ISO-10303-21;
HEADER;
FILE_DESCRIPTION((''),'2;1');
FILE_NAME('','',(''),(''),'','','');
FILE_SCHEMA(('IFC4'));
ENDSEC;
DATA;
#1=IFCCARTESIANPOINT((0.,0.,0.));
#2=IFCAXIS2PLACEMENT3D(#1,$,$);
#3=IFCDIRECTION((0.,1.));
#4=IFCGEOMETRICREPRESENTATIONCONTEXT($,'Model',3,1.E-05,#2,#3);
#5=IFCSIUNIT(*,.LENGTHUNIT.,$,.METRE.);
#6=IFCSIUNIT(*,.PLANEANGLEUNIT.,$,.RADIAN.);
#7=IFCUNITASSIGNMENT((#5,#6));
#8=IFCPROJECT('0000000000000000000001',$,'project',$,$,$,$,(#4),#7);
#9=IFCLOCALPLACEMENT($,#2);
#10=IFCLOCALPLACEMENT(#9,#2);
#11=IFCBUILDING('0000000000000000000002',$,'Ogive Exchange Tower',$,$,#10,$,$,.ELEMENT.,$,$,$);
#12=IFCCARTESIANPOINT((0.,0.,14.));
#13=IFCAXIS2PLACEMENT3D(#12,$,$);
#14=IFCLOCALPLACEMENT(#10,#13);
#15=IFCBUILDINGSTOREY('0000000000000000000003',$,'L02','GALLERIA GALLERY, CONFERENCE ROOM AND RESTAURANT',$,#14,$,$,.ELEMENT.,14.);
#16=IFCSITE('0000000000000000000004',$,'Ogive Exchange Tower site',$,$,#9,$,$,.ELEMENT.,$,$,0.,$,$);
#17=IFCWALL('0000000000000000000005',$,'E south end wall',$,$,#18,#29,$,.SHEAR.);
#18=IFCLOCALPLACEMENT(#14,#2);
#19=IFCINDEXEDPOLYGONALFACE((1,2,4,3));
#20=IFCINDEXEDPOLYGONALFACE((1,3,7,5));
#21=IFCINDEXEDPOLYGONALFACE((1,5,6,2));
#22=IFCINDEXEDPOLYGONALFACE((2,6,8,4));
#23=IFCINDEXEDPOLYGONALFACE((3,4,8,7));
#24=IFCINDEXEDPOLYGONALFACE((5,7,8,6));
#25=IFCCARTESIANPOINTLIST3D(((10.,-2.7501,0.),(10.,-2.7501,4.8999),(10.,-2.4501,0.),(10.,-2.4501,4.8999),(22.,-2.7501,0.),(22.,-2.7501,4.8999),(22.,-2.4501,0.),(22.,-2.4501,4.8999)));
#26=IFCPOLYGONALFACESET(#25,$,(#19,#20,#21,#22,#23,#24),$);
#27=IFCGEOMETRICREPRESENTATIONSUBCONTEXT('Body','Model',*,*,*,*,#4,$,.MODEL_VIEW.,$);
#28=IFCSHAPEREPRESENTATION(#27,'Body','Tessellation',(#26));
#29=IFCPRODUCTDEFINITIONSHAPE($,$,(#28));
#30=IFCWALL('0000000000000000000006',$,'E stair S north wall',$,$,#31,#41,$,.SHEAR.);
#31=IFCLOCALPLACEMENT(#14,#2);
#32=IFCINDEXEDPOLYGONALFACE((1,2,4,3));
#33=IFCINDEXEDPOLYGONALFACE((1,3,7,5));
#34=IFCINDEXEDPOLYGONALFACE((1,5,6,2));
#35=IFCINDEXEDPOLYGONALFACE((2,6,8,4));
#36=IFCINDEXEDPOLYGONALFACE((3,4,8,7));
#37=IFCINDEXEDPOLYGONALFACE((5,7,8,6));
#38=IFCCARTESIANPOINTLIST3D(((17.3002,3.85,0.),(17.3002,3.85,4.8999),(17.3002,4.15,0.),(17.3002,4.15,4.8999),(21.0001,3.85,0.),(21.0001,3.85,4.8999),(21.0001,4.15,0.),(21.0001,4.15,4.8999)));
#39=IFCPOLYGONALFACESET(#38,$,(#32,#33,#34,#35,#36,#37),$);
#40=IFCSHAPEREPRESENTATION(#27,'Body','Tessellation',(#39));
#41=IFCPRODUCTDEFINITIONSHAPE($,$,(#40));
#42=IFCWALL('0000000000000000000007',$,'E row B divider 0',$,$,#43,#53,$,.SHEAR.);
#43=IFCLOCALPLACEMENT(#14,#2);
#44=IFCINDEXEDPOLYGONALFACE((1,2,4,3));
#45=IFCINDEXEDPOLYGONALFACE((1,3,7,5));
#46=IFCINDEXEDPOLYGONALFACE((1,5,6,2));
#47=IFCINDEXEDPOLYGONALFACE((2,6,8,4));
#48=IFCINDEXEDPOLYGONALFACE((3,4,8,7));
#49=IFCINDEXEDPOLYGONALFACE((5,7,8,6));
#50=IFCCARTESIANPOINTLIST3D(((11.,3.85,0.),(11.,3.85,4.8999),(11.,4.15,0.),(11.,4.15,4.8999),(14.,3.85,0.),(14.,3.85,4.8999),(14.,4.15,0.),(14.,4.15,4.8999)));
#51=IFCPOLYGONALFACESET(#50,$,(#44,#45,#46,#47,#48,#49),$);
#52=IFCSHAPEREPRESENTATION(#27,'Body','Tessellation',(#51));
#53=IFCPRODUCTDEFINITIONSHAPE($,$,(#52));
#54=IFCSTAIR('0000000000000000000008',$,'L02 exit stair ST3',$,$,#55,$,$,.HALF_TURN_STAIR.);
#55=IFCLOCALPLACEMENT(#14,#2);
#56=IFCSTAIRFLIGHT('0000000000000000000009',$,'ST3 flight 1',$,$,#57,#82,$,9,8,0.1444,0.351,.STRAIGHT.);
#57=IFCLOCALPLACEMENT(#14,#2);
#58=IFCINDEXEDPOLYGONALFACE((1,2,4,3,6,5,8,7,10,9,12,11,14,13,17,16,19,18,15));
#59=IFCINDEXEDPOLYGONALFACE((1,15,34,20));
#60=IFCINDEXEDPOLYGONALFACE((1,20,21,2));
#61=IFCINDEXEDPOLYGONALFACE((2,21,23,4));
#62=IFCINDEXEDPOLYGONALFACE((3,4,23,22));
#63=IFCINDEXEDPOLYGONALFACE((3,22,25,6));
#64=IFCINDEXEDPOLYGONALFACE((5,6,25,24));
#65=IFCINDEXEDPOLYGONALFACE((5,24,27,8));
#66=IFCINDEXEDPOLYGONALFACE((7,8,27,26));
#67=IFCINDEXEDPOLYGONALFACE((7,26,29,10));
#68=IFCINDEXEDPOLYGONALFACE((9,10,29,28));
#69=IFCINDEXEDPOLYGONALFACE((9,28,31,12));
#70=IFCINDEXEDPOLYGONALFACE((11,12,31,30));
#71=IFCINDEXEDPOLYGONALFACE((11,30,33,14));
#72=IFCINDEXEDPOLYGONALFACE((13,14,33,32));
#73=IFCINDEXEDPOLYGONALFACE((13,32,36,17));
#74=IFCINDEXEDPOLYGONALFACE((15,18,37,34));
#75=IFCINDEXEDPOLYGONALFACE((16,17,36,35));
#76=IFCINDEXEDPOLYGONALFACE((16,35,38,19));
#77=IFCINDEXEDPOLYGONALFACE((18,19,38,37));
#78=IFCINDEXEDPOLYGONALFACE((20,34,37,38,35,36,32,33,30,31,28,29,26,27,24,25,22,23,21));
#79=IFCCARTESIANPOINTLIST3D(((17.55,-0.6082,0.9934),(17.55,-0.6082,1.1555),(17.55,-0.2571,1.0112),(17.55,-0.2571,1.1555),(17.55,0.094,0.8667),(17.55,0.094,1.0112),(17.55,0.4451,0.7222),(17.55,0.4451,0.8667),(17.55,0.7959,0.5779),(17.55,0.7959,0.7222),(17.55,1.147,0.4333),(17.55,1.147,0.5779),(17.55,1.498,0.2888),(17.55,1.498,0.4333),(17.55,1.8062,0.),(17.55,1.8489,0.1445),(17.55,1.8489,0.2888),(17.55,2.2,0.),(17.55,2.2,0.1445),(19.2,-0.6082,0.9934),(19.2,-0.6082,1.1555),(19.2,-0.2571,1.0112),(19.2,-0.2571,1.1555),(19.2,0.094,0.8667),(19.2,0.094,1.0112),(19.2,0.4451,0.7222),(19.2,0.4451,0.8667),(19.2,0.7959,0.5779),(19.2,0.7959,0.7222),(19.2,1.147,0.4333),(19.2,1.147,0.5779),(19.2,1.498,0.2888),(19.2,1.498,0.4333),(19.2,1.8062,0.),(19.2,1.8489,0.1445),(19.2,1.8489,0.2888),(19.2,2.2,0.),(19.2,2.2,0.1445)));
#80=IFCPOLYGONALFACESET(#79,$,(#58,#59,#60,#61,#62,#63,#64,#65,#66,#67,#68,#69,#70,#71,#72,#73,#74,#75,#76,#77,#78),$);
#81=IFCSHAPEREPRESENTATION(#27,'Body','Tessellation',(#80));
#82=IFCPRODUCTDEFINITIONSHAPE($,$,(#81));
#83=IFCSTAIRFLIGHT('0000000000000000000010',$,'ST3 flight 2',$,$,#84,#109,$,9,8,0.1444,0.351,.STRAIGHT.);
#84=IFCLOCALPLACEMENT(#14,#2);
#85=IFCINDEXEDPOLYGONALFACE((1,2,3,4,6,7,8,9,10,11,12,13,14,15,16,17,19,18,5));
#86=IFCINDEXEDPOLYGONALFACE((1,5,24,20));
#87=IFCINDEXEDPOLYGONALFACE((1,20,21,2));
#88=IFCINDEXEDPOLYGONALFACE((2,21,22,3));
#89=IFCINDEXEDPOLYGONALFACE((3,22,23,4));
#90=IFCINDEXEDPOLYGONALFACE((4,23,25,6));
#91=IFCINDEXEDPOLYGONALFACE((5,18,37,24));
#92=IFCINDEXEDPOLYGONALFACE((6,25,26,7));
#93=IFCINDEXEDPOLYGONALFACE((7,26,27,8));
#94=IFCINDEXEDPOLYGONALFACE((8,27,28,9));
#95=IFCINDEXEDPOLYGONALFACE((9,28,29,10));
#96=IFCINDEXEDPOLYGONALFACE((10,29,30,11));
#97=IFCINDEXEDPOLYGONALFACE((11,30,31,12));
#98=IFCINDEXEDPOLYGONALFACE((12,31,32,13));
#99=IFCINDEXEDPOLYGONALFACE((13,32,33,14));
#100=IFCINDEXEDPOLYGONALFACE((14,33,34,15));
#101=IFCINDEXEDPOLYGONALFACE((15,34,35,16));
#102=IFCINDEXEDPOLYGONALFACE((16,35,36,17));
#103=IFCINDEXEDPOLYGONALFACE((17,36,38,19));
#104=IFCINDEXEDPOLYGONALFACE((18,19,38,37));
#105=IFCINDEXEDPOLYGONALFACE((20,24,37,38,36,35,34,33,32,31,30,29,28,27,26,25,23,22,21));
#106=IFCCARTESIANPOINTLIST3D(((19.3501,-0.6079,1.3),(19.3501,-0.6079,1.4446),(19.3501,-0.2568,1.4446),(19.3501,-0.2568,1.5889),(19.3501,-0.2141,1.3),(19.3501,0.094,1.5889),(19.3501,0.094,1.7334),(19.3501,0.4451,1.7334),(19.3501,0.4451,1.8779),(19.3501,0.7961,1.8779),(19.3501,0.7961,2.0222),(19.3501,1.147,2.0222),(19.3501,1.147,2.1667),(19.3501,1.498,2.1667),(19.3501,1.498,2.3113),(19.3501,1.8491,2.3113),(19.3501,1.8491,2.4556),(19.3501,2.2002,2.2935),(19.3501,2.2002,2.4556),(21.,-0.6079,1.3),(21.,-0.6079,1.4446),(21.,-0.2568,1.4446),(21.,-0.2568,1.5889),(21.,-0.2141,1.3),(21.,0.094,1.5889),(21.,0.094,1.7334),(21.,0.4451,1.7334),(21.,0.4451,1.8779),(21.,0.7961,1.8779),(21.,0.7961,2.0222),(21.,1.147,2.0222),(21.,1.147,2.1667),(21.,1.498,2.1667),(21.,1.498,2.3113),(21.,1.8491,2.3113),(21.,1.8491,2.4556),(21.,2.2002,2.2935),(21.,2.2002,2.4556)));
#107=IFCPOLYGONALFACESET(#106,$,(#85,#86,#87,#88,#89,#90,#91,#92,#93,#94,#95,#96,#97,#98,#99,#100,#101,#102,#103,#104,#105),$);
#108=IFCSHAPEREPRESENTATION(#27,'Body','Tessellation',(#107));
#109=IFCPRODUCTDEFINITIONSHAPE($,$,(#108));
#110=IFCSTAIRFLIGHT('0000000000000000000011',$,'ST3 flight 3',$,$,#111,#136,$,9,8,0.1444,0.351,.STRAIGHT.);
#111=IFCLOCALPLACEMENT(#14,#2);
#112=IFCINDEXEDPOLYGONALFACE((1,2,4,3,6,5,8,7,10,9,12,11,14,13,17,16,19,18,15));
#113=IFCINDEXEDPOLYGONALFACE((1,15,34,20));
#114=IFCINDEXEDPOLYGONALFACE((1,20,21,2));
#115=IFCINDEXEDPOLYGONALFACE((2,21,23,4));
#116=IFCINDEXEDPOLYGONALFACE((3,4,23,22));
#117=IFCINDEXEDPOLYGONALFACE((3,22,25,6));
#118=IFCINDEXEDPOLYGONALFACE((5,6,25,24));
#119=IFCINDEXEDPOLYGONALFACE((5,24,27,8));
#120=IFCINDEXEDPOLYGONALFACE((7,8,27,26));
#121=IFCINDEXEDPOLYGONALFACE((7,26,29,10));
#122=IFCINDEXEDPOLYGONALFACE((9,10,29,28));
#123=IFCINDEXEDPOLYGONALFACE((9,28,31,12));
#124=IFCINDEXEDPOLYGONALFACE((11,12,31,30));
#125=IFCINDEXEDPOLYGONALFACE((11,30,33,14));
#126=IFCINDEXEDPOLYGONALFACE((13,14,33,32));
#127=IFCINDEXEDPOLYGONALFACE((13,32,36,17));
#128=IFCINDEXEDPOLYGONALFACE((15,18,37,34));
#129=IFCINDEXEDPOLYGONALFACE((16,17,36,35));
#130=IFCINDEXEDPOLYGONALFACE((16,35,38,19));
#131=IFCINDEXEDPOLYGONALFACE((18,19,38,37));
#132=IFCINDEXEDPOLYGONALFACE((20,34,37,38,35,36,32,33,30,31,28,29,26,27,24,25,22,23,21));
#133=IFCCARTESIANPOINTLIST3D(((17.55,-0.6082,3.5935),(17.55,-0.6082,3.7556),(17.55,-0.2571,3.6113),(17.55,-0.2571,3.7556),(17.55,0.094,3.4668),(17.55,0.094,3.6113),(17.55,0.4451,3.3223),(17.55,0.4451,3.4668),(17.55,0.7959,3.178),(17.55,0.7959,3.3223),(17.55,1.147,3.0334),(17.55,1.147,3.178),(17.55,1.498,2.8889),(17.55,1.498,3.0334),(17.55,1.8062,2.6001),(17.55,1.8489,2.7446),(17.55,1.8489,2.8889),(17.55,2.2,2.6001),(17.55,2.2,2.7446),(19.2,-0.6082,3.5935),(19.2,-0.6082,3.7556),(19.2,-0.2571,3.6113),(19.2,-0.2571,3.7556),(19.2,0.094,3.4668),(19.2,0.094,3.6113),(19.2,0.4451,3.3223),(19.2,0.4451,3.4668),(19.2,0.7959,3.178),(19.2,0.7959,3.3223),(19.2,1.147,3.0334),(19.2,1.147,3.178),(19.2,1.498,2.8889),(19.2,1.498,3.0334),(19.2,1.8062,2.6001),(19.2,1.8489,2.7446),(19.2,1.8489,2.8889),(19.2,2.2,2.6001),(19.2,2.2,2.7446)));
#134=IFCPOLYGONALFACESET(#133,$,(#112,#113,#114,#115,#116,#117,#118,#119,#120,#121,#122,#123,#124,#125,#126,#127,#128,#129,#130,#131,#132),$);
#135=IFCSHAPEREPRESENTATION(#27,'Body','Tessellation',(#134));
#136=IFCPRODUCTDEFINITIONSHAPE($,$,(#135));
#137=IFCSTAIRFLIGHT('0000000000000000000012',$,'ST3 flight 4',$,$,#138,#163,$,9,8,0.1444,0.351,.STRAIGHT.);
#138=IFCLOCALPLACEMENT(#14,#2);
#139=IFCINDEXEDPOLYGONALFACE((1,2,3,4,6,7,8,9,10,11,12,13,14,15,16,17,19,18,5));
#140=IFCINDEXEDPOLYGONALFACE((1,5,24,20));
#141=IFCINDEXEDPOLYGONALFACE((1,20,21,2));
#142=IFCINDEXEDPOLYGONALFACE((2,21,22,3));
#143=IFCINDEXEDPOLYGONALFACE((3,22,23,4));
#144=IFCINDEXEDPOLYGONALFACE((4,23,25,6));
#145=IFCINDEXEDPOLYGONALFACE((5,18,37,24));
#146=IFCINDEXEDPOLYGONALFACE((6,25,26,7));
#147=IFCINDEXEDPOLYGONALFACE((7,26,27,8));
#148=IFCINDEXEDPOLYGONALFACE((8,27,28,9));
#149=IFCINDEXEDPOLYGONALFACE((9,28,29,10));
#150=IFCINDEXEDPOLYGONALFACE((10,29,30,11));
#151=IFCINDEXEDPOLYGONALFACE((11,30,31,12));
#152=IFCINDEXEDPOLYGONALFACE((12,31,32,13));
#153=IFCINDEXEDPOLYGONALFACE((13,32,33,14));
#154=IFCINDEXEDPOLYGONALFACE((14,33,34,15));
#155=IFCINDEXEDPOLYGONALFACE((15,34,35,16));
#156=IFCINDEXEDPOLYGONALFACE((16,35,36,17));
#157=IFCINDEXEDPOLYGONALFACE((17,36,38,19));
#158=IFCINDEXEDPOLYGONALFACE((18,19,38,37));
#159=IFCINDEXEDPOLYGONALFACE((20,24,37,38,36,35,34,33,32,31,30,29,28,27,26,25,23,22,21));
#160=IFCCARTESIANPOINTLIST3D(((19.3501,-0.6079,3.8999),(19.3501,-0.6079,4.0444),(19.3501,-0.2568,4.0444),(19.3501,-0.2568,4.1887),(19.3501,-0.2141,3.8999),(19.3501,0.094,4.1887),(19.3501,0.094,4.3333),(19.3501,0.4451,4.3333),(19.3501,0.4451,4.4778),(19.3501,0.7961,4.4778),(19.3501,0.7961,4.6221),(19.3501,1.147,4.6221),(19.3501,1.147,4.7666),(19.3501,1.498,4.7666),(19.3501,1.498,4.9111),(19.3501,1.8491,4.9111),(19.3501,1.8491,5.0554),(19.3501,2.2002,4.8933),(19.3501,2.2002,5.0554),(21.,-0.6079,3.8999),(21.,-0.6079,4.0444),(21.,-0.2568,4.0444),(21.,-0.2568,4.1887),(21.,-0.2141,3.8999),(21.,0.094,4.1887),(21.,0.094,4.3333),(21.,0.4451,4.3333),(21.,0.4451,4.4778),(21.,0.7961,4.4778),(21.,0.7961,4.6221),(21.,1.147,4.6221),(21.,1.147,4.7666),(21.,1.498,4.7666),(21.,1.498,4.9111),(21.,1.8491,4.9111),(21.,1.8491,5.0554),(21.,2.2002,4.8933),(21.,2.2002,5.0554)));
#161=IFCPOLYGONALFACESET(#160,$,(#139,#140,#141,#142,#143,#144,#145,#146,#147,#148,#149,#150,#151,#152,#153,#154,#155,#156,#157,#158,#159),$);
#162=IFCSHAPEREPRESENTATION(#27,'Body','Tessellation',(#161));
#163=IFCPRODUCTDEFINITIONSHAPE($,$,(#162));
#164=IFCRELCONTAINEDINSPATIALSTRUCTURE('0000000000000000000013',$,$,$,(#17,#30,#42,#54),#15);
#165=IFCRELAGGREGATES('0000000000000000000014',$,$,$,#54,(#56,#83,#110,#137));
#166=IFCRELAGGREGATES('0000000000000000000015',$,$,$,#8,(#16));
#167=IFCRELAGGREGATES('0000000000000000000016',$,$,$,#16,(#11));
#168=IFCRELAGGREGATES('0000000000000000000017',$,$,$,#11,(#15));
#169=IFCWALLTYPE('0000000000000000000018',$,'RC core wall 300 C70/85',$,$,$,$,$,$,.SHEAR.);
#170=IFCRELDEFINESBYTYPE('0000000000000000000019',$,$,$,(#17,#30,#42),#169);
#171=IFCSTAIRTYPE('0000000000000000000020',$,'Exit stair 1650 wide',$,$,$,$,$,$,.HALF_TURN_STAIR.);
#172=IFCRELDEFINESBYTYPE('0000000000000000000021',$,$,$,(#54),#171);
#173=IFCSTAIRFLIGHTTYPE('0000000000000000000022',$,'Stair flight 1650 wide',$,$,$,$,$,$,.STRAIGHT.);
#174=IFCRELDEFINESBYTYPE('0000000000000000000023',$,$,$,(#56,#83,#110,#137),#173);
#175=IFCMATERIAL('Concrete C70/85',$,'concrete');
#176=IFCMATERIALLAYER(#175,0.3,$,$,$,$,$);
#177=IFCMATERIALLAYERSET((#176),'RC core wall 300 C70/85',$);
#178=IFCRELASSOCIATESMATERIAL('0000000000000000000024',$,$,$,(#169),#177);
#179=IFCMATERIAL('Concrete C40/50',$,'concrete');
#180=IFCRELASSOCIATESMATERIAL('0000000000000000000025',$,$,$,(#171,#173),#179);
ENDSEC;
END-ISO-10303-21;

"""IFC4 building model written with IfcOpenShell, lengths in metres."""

from ifc_helpers import new_model, si_unit, direction, frame, frame_2d, origin, place, context, subcontext, project, spatial, polyline, rectangle, outline, extrude, material, layer, layer_set, type_object, element, aggregate, save


model = new_model("IFC4")

# Units and contexts
model_context = context("Model", 3, precision=1e-05, world=origin(), true_north=direction((0.0, 1.0)))
body_context = subcontext(model_context, "Body", "Model", "MODEL_VIEW")
ifc_project = project(units=[si_unit("LENGTHUNIT", "METRE"), si_unit("PLANEANGLEUNIT", "RADIAN")], contexts=[model_context])

# Site, building, storey
site_placement = place(None, origin())
site = spatial("IfcSite", under=ifc_project, at=site_placement, Name="Ogive Exchange Tower site", CompositionType="ELEMENT", RefElevation=0.0)
building_placement = place(site_placement, origin())
building = spatial("IfcBuilding", under=site, at=building_placement, Name="Ogive Exchange Tower", CompositionType="ELEMENT")
storey_placement = place(building_placement, frame((0.0, 0.0, 14.0)))
storey = spatial("IfcBuildingStorey", under=building, at=storey_placement, Name="L02", Description="GALLERIA GALLERY, CONFERENCE ROOM AND RESTAURANT", CompositionType="ELEMENT", Elevation=14.0)

# Shared definitions
ifc_material_1 = material(Name="Concrete C40/50", Category="concrete")

# Shared definitions
ifc_material_2 = material(Name="Concrete C70/85", Category="concrete")

# Walls
ifc_layer_1 = layer(ifc_material_2, 0.3)
ifc_layer_set_1 = layer_set([ifc_layer_1], Name="RC core wall 300 C70/85")
wall_type_1 = type_object("IfcWallType", Name="RC core wall 300 C70/85", PredefinedType="SHEAR", material=ifc_layer_set_1)
wall_1_placement = place(storey_placement, frame((10.0, -2.6001, 0.0), z_axis=(0.0, 0.0, 1.0), x_axis=(1.0, 0.0, 0.0)))
element("IfcWall", 1, at=wall_1_placement, inside=storey, type_object=wall_type_1, Name="E south end wall", PredefinedType="SHEAR", context=body_context, shape_type="SweptSolid", body=[
    extrude(rectangle(XDim=12.0, YDim=0.3, at=frame_2d((6.0, 0.0))), origin(), (0.0, 0.0, 1.0), 4.8999),
])
wall_2_placement = place(storey_placement, frame((17.3, 4.0, 0.0), z_axis=(0.0, 0.0, 1.0), x_axis=(1.0, 0.0, 0.0)))
element("IfcWall", 2, at=wall_2_placement, inside=storey, type_object=wall_type_1, Name="E stair S north wall", PredefinedType="SHEAR", context=body_context, shape_type="SweptSolid", body=[
    extrude(rectangle(XDim=3.7, YDim=0.3, at=frame_2d((1.8501, 0.0))), origin(), (0.0, 0.0, 1.0), 4.8999),
])
wall_3_placement = place(storey_placement, frame((11.0, 4.0, 0.0), z_axis=(0.0, 0.0, 1.0), x_axis=(1.0, 0.0, 0.0)))
element("IfcWall", 3, at=wall_3_placement, inside=storey, type_object=wall_type_1, Name="E row B divider 0", PredefinedType="SHEAR", context=body_context, shape_type="SweptSolid", body=[
    extrude(rectangle(XDim=3.0, YDim=0.3, at=frame_2d((1.5, 0.0))), origin(), (0.0, 0.0, 1.0), 4.8999),
])

# Stair, stair flights
stair_type_1 = type_object("IfcStairType", Name="Exit stair 1650 wide", PredefinedType="HALF_TURN_STAIR", material=ifc_material_1)
stair_1_placement = place(storey_placement, origin())
stair_1 = element("IfcStair", 4, at=stair_1_placement, inside=storey, type_object=stair_type_1, Name="L02 exit stair ST3", PredefinedType="HALF_TURN_STAIR")
stair_flight_type = type_object("IfcStairFlightType", Name="Stair flight 1650 wide", PredefinedType="STRAIGHT", material=ifc_material_1)
stair_flight_1_placement = place(storey_placement, frame((18.375, 2.2, 0.0), z_axis=(0.0, 0.0, 1.0), x_axis=(0.0, -1.0, 0.0)))
stair_flight_1 = element("IfcStairFlight", 5, at=stair_flight_1_placement, type_object=stair_flight_type, Name="ST3 flight 1", NumberOfRisers=9, NumberOfTreads=8, PredefinedType="STRAIGHT", RiserHeight=0.1444, TreadLength=0.351, context=body_context, shape_type="SweptSolid", body=[
    extrude(outline(polyline([(0.0, 0.0), (0.0, 0.1445), (0.3511, 0.1445), (0.3511, 0.2888), (0.7019, 0.2888), (0.7019, 0.4333), (1.053, 0.4333), (1.053, 0.5779), (1.4041, 0.5779), (1.4041, 0.7222), (1.7549, 0.7222), (1.7549, 0.8667), (2.106, 0.8667), (2.106, 1.0112), (2.457, 1.0112), (2.457, 1.1555), (2.8081, 1.1555), (2.8081, 1.3), (2.8081, 0.9934), (0.3938, 0.0), (0.0, 0.0)])), frame((0.0, 0.825, 0.0), z_axis=(0.0, -1.0, 0.0), x_axis=(1.0, 0.0, 0.0)), (0.0, 0.0, 1.0), 1.6499),
])
stair_flight_2_placement = place(storey_placement, frame((20.175, -0.6079, 1.3), z_axis=(0.0, 0.0, 1.0), x_axis=(0.0, 1.0, 0.0)))
stair_flight_2 = element("IfcStairFlight", 6, at=stair_flight_2_placement, type_object=stair_flight_type, Name="ST3 flight 2", NumberOfRisers=9, NumberOfTreads=8, PredefinedType="STRAIGHT", RiserHeight=0.1444, TreadLength=0.351, context=body_context, shape_type="SweptSolid", body=[
    extrude(outline(polyline([(0.0, 0.0), (0.0, 0.1445), (0.3511, 0.1445), (0.3511, 0.2888), (0.7019, 0.2888), (0.7019, 0.4333), (1.053, 0.4333), (1.053, 0.5779), (1.4041, 0.5779), (1.4041, 0.7222), (1.7549, 0.7222), (1.7549, 0.8667), (2.106, 0.8667), (2.106, 1.0112), (2.457, 1.0112), (2.457, 1.1555), (2.8081, 1.1555), (2.8081, 1.3), (2.8081, 0.9934), (0.3938, 0.0), (0.0, 0.0)])), frame((0.0, 0.825, 0.0), z_axis=(0.0, -1.0, 0.0), x_axis=(1.0, 0.0, 0.0)), (0.0, 0.0, 1.0), 1.6499),
])
stair_flight_3_placement = place(storey_placement, frame((18.375, 2.2, 2.6001), z_axis=(0.0, 0.0, 1.0), x_axis=(0.0, -1.0, 0.0)))
stair_flight_3 = element("IfcStairFlight", 7, at=stair_flight_3_placement, type_object=stair_flight_type, Name="ST3 flight 3", NumberOfRisers=9, NumberOfTreads=8, PredefinedType="STRAIGHT", RiserHeight=0.1444, TreadLength=0.351, context=body_context, shape_type="SweptSolid", body=[
    extrude(outline(polyline([(0.0, 0.0), (0.0, 0.1445), (0.3511, 0.1445), (0.3511, 0.2888), (0.7019, 0.2888), (0.7019, 0.4333), (1.053, 0.4333), (1.053, 0.5779), (1.4041, 0.5779), (1.4041, 0.7222), (1.7549, 0.7222), (1.7549, 0.8667), (2.106, 0.8667), (2.106, 1.0112), (2.457, 1.0112), (2.457, 1.1555), (2.8081, 1.1555), (2.8081, 1.3), (2.8081, 0.9934), (0.3938, 0.0), (0.0, 0.0)])), frame((0.0, 0.825, 0.0), z_axis=(0.0, -1.0, 0.0), x_axis=(1.0, 0.0, 0.0)), (0.0, 0.0, 1.0), 1.6499),
])
stair_flight_4_placement = place(storey_placement, frame((20.175, -0.6079, 3.8999), z_axis=(0.0, 0.0, 1.0), x_axis=(0.0, 1.0, 0.0)))
stair_flight_4 = element("IfcStairFlight", 8, at=stair_flight_4_placement, type_object=stair_flight_type, Name="ST3 flight 4", NumberOfRisers=9, NumberOfTreads=8, PredefinedType="STRAIGHT", RiserHeight=0.1444, TreadLength=0.351, context=body_context, shape_type="SweptSolid", body=[
    extrude(outline(polyline([(0.0, 0.0), (0.0, 0.1445), (0.3511, 0.1445), (0.3511, 0.2888), (0.7019, 0.2888), (0.7019, 0.4333), (1.053, 0.4333), (1.053, 0.5779), (1.4041, 0.5779), (1.4041, 0.7222), (1.7549, 0.7222), (1.7549, 0.8667), (2.106, 0.8667), (2.106, 1.0112), (2.457, 1.0112), (2.457, 1.1555), (2.8081, 1.1555), (2.8081, 1.3), (2.8081, 0.9934), (0.3938, 0.0), (0.0, 0.0)])), frame((0.0, 0.825, 0.0), z_axis=(0.0, -1.0, 0.0), x_axis=(1.0, 0.0, 0.0)), (0.0, 0.0, 1.0), 1.6499),
])
aggregate(stair_1, [stair_flight_1, stair_flight_2, stair_flight_3, stair_flight_4])

save(model, "model.ifc")
